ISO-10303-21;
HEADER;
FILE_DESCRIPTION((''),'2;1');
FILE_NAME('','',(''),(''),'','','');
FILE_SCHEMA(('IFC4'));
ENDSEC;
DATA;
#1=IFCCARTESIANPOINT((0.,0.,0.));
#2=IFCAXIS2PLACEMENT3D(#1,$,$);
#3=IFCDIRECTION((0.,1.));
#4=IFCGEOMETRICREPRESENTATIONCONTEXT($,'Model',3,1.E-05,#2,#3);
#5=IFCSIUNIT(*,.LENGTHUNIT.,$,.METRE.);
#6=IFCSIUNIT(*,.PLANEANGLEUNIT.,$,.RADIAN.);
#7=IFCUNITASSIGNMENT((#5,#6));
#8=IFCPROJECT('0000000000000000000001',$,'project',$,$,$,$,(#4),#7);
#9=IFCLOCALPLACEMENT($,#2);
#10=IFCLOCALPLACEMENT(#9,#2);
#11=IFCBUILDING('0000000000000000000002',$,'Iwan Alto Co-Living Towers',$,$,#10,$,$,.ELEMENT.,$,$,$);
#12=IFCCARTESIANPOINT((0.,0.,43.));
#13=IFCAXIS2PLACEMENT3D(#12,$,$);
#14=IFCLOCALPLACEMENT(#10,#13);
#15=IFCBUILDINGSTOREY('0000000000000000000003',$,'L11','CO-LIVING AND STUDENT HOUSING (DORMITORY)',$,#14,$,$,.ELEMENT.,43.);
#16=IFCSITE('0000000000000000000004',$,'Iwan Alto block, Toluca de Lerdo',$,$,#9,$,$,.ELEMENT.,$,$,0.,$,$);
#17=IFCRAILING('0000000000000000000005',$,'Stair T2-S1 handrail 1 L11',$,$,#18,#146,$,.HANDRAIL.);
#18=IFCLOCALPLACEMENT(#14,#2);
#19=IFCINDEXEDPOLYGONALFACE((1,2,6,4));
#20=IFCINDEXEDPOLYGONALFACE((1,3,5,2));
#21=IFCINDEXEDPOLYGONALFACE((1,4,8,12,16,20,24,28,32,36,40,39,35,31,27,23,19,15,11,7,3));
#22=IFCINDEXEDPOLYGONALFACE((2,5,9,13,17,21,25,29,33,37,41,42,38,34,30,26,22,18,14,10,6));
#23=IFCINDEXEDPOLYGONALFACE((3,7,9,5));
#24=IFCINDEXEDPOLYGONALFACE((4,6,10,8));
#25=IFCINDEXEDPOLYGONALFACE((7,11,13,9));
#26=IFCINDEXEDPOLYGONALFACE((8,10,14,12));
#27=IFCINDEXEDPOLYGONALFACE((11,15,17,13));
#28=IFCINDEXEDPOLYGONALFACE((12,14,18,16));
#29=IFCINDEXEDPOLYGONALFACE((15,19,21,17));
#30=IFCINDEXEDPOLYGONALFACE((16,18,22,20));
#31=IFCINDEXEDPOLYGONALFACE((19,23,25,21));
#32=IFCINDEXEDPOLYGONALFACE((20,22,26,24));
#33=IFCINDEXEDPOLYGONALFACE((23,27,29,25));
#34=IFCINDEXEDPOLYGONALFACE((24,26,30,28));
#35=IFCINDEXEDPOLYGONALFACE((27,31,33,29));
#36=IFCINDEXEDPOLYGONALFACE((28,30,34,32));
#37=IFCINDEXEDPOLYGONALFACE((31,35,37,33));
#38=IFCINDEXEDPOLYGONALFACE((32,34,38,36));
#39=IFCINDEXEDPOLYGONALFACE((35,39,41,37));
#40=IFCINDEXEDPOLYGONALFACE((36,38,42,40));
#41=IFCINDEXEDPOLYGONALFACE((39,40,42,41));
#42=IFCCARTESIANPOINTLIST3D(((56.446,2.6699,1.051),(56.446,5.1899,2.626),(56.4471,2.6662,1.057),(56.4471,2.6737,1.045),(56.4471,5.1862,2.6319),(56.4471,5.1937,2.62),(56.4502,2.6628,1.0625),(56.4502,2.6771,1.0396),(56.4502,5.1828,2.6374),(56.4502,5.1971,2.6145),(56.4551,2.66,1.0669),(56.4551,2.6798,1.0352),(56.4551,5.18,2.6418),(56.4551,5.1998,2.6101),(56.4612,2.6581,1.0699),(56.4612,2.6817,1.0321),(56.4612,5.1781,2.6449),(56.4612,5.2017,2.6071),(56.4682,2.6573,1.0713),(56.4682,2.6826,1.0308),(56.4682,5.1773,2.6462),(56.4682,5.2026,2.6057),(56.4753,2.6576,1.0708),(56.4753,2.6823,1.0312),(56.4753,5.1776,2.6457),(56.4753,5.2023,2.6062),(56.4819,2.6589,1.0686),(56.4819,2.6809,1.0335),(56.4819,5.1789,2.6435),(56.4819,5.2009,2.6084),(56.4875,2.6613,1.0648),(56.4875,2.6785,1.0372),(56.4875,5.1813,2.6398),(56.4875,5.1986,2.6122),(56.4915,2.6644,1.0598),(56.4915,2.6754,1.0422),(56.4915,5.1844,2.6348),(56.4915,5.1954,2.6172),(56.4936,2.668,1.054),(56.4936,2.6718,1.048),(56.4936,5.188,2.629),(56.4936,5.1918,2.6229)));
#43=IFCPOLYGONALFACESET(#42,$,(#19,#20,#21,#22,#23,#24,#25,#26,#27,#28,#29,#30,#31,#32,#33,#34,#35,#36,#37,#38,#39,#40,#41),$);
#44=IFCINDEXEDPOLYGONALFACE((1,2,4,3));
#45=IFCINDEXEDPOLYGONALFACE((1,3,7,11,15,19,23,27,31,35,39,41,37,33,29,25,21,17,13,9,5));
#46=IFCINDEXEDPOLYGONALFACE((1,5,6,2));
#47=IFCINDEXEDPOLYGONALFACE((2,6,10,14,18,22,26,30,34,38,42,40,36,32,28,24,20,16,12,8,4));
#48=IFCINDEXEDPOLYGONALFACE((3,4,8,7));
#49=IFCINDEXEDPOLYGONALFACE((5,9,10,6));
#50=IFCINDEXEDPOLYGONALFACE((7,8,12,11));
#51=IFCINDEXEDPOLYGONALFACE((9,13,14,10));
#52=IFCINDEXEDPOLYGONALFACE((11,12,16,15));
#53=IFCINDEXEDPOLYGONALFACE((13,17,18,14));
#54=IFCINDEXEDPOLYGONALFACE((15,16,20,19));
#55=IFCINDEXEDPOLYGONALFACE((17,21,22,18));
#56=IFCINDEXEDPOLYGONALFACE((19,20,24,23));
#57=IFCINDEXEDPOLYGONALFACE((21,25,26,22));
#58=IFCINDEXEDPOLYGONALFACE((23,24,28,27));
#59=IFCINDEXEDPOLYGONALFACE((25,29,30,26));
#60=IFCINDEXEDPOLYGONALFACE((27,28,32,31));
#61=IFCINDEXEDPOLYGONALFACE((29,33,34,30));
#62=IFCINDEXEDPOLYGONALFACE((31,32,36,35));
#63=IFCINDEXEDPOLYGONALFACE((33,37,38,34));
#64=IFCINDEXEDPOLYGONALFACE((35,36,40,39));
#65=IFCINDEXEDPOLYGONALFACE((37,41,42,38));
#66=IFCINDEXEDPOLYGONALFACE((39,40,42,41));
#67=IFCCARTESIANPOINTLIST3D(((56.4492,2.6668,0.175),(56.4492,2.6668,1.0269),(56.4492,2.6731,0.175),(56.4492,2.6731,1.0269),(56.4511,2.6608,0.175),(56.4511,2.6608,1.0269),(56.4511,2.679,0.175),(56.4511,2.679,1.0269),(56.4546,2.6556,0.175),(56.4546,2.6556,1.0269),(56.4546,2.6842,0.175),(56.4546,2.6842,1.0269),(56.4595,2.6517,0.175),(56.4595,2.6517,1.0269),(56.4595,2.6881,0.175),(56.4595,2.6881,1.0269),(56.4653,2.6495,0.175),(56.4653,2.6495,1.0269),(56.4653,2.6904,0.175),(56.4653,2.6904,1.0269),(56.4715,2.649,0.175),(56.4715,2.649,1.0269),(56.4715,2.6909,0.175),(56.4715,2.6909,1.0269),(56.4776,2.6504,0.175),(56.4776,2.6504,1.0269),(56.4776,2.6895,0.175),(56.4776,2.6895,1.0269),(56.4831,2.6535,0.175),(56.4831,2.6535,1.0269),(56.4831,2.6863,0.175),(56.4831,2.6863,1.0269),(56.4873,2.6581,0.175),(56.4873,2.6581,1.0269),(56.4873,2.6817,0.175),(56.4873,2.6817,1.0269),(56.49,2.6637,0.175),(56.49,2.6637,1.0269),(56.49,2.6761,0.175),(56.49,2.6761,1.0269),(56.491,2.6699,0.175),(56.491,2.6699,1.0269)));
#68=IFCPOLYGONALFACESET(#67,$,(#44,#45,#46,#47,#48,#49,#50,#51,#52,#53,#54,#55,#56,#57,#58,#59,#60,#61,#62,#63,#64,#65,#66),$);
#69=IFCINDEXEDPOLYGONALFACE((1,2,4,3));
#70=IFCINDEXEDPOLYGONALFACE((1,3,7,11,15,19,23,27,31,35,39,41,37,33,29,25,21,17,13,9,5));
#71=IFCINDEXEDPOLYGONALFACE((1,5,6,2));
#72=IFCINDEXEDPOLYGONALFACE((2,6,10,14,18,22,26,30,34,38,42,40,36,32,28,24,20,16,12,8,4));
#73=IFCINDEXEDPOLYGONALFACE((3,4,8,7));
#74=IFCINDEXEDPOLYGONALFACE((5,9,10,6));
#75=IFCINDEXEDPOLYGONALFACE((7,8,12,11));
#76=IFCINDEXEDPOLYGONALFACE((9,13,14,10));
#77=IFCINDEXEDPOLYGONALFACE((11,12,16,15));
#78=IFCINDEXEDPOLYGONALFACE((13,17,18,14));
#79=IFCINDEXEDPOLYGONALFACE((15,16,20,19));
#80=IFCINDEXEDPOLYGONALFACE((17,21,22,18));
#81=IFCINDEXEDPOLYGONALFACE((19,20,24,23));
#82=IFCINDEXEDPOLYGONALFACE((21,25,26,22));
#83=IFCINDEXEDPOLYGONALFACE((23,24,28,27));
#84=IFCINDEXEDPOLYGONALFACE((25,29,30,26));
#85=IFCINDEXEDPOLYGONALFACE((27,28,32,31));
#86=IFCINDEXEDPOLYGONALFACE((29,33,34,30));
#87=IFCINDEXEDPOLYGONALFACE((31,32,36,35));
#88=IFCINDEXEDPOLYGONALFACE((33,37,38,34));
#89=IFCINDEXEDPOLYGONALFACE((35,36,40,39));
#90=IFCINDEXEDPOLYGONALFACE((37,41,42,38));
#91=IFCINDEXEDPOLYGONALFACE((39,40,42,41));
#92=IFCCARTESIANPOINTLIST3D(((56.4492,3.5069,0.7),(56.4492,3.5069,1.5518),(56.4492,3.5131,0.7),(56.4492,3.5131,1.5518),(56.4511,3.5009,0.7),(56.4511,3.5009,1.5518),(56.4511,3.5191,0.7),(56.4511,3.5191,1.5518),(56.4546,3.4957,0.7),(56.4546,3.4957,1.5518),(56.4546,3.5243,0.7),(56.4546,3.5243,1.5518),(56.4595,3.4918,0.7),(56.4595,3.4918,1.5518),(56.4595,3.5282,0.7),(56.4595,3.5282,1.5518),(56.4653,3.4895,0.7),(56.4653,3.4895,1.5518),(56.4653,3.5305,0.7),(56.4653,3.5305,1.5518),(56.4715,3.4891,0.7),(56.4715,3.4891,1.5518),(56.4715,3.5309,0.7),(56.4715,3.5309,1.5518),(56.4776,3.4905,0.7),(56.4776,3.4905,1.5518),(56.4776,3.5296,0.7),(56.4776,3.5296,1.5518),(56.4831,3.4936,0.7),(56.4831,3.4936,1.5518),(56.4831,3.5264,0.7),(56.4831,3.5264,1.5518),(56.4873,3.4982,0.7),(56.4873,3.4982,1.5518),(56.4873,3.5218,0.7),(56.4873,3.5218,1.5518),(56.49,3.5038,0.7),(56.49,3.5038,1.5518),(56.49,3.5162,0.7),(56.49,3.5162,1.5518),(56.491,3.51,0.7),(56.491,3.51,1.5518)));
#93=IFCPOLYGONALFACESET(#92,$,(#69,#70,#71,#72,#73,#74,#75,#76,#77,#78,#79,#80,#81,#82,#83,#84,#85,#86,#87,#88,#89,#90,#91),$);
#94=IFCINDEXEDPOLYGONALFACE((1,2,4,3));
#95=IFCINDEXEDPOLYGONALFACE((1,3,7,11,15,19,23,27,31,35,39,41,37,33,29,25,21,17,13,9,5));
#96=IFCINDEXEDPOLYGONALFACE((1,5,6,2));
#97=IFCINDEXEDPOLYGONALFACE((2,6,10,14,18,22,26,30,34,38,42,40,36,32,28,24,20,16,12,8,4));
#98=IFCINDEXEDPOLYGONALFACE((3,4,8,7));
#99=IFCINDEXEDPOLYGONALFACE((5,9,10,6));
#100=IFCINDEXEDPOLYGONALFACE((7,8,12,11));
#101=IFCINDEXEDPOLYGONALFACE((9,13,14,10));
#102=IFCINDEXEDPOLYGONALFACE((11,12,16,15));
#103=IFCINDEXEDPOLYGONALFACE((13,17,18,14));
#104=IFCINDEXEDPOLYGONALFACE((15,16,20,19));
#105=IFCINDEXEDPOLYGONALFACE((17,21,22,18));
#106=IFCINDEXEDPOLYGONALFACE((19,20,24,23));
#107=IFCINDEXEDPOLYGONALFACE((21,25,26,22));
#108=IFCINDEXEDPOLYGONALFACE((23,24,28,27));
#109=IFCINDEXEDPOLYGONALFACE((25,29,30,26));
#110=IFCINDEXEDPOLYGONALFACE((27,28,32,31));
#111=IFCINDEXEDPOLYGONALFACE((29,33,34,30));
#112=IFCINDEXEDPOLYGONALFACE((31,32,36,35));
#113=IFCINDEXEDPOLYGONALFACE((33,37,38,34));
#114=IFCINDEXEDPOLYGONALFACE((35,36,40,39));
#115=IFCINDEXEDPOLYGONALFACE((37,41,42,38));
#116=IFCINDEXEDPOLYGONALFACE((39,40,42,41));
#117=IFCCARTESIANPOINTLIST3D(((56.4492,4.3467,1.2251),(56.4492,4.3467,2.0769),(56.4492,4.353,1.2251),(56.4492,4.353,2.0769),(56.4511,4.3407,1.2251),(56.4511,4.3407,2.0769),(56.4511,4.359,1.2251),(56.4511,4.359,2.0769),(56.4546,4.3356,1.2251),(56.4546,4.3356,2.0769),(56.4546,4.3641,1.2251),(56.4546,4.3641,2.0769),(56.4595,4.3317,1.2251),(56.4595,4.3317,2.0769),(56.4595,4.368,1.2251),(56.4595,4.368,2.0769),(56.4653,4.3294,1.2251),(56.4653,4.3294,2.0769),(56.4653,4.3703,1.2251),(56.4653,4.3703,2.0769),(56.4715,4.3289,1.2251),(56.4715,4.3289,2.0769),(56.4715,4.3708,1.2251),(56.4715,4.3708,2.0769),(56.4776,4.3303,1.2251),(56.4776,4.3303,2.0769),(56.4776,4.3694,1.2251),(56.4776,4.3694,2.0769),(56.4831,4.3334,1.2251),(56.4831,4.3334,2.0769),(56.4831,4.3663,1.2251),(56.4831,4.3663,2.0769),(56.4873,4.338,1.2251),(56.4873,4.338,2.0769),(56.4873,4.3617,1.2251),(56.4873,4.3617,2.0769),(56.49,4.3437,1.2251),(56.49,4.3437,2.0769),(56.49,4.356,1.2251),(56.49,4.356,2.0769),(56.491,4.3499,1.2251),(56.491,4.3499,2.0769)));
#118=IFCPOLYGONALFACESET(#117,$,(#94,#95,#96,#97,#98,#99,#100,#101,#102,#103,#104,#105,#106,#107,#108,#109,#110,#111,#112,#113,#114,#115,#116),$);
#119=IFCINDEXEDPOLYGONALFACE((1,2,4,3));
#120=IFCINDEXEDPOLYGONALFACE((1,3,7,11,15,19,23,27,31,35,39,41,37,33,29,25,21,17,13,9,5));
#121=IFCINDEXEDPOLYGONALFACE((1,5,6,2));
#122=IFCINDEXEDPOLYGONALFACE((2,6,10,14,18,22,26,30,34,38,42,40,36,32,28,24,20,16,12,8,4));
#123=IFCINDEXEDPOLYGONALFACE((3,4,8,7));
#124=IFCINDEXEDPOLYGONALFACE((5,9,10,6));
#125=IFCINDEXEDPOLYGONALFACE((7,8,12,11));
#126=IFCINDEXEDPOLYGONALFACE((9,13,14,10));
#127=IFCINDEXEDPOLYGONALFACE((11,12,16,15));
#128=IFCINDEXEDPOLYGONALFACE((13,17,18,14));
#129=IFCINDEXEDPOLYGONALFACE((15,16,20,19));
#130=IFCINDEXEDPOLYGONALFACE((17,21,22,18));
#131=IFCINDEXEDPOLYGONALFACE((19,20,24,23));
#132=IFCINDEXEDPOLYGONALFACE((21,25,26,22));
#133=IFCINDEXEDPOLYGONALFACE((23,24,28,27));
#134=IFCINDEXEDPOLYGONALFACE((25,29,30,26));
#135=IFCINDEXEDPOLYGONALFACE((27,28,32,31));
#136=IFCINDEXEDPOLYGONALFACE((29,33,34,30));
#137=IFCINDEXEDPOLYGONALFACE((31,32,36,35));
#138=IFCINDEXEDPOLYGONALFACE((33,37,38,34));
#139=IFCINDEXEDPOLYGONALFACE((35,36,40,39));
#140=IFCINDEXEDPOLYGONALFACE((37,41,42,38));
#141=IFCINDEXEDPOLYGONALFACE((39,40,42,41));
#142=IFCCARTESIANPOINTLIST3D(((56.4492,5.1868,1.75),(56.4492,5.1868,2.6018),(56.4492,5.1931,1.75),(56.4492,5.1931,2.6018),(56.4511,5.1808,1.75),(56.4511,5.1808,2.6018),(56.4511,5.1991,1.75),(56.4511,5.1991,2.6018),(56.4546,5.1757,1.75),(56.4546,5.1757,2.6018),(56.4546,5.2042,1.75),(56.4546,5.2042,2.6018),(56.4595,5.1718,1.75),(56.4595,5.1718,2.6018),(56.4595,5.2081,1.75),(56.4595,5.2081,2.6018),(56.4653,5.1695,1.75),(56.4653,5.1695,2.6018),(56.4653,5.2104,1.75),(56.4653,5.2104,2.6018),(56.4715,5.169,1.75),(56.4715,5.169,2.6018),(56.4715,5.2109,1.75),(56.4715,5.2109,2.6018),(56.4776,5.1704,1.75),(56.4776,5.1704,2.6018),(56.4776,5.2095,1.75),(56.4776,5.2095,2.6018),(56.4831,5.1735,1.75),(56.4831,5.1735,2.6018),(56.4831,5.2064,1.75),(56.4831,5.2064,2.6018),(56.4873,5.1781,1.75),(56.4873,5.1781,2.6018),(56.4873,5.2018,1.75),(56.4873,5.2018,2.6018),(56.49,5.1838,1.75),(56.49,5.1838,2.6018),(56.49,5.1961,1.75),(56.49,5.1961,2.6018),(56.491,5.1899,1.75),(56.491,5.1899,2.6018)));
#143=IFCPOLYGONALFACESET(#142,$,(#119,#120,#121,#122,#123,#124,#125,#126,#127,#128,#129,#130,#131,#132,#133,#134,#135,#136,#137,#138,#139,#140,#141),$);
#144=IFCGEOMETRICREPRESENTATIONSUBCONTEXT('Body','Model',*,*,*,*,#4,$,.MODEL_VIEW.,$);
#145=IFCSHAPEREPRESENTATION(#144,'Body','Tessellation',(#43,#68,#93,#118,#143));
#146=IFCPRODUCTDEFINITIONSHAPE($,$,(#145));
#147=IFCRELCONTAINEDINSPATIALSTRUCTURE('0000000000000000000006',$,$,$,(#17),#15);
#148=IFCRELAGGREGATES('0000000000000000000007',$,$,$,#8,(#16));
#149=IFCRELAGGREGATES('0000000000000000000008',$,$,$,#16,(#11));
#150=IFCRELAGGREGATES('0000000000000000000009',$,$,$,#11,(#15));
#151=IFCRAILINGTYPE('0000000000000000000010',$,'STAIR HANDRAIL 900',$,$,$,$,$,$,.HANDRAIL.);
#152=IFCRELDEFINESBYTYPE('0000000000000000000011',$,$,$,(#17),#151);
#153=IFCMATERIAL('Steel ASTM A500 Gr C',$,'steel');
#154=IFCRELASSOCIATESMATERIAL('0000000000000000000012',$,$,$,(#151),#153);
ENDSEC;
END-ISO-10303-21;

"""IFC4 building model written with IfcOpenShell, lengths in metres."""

from ifc_helpers import new_model, si_unit, direction, frame, origin, origin_2d, place, context, subcontext, project, spatial, circle, extrude, material, type_object, element, save


model = new_model("IFC4")

# Units and contexts
model_context = context("Model", 3, precision=1e-05, world=origin(), true_north=direction((0.0, 1.0)))
body_context = subcontext(model_context, "Body", "Model", "MODEL_VIEW")
ifc_project = project(units=[si_unit("LENGTHUNIT", "METRE"), si_unit("PLANEANGLEUNIT", "RADIAN")], contexts=[model_context])

# Site, building, storey
site_placement = place(None, origin())
site = spatial("IfcSite", under=ifc_project, at=site_placement, Name="Iwan Alto block, Toluca de Lerdo", CompositionType="ELEMENT", RefElevation=0.0)
building_placement = place(site_placement, origin())
building = spatial("IfcBuilding", under=site, at=building_placement, Name="Iwan Alto Co-Living Towers", CompositionType="ELEMENT")
storey_placement = place(building_placement, frame((0.0, 0.0, 43.0)))
storey = spatial("IfcBuildingStorey", under=building, at=storey_placement, Name="L11", Description="CO-LIVING AND STUDENT HOUSING (DORMITORY)", CompositionType="ELEMENT", Elevation=43.0)

# Railing
ifc_material_1 = material(Name="Steel ASTM A500 Gr C", Category="steel")
railing_type_1 = type_object("IfcRailingType", Name="STAIR HANDRAIL 900", PredefinedType="HANDRAIL", material=ifc_material_1)
railing_1_placement = place(storey_placement, frame((56.47, 2.6699, 0.175)))
element("IfcRailing", 1, at=railing_1_placement, inside=storey, type_object=railing_type_1, Name="Stair T2-S1 handrail 1 L11", PredefinedType="HANDRAIL", context=body_context, shape_type="SweptSolid", body=[
    extrude(circle(Radius=0.0239, at=origin_2d()), frame((0.0, 0.0, 0.876), z_axis=(0.0, 0.848008, 0.529984), x_axis=(-1.0, 0.0, 0.0)), (0.0, 0.0, 1.0), 2.9717),
    extrude(circle(Radius=0.021, at=origin_2d()), origin(), (0.0, 0.0, 1.0), 0.8518),
    extrude(circle(Radius=0.021, at=origin_2d()), frame((0.0, 0.8401, 0.5249)), (0.0, 0.0, 1.0), 0.8518),
    extrude(circle(Radius=0.021, at=origin_2d()), frame((0.0, 1.6799, 1.05)), (0.0, 0.0, 1.0), 0.8518),
    extrude(circle(Radius=0.021, at=origin_2d()), frame((0.0, 2.52, 1.575)), (0.0, 0.0, 1.0), 0.8518),
])

save(model, "model.ifc")
